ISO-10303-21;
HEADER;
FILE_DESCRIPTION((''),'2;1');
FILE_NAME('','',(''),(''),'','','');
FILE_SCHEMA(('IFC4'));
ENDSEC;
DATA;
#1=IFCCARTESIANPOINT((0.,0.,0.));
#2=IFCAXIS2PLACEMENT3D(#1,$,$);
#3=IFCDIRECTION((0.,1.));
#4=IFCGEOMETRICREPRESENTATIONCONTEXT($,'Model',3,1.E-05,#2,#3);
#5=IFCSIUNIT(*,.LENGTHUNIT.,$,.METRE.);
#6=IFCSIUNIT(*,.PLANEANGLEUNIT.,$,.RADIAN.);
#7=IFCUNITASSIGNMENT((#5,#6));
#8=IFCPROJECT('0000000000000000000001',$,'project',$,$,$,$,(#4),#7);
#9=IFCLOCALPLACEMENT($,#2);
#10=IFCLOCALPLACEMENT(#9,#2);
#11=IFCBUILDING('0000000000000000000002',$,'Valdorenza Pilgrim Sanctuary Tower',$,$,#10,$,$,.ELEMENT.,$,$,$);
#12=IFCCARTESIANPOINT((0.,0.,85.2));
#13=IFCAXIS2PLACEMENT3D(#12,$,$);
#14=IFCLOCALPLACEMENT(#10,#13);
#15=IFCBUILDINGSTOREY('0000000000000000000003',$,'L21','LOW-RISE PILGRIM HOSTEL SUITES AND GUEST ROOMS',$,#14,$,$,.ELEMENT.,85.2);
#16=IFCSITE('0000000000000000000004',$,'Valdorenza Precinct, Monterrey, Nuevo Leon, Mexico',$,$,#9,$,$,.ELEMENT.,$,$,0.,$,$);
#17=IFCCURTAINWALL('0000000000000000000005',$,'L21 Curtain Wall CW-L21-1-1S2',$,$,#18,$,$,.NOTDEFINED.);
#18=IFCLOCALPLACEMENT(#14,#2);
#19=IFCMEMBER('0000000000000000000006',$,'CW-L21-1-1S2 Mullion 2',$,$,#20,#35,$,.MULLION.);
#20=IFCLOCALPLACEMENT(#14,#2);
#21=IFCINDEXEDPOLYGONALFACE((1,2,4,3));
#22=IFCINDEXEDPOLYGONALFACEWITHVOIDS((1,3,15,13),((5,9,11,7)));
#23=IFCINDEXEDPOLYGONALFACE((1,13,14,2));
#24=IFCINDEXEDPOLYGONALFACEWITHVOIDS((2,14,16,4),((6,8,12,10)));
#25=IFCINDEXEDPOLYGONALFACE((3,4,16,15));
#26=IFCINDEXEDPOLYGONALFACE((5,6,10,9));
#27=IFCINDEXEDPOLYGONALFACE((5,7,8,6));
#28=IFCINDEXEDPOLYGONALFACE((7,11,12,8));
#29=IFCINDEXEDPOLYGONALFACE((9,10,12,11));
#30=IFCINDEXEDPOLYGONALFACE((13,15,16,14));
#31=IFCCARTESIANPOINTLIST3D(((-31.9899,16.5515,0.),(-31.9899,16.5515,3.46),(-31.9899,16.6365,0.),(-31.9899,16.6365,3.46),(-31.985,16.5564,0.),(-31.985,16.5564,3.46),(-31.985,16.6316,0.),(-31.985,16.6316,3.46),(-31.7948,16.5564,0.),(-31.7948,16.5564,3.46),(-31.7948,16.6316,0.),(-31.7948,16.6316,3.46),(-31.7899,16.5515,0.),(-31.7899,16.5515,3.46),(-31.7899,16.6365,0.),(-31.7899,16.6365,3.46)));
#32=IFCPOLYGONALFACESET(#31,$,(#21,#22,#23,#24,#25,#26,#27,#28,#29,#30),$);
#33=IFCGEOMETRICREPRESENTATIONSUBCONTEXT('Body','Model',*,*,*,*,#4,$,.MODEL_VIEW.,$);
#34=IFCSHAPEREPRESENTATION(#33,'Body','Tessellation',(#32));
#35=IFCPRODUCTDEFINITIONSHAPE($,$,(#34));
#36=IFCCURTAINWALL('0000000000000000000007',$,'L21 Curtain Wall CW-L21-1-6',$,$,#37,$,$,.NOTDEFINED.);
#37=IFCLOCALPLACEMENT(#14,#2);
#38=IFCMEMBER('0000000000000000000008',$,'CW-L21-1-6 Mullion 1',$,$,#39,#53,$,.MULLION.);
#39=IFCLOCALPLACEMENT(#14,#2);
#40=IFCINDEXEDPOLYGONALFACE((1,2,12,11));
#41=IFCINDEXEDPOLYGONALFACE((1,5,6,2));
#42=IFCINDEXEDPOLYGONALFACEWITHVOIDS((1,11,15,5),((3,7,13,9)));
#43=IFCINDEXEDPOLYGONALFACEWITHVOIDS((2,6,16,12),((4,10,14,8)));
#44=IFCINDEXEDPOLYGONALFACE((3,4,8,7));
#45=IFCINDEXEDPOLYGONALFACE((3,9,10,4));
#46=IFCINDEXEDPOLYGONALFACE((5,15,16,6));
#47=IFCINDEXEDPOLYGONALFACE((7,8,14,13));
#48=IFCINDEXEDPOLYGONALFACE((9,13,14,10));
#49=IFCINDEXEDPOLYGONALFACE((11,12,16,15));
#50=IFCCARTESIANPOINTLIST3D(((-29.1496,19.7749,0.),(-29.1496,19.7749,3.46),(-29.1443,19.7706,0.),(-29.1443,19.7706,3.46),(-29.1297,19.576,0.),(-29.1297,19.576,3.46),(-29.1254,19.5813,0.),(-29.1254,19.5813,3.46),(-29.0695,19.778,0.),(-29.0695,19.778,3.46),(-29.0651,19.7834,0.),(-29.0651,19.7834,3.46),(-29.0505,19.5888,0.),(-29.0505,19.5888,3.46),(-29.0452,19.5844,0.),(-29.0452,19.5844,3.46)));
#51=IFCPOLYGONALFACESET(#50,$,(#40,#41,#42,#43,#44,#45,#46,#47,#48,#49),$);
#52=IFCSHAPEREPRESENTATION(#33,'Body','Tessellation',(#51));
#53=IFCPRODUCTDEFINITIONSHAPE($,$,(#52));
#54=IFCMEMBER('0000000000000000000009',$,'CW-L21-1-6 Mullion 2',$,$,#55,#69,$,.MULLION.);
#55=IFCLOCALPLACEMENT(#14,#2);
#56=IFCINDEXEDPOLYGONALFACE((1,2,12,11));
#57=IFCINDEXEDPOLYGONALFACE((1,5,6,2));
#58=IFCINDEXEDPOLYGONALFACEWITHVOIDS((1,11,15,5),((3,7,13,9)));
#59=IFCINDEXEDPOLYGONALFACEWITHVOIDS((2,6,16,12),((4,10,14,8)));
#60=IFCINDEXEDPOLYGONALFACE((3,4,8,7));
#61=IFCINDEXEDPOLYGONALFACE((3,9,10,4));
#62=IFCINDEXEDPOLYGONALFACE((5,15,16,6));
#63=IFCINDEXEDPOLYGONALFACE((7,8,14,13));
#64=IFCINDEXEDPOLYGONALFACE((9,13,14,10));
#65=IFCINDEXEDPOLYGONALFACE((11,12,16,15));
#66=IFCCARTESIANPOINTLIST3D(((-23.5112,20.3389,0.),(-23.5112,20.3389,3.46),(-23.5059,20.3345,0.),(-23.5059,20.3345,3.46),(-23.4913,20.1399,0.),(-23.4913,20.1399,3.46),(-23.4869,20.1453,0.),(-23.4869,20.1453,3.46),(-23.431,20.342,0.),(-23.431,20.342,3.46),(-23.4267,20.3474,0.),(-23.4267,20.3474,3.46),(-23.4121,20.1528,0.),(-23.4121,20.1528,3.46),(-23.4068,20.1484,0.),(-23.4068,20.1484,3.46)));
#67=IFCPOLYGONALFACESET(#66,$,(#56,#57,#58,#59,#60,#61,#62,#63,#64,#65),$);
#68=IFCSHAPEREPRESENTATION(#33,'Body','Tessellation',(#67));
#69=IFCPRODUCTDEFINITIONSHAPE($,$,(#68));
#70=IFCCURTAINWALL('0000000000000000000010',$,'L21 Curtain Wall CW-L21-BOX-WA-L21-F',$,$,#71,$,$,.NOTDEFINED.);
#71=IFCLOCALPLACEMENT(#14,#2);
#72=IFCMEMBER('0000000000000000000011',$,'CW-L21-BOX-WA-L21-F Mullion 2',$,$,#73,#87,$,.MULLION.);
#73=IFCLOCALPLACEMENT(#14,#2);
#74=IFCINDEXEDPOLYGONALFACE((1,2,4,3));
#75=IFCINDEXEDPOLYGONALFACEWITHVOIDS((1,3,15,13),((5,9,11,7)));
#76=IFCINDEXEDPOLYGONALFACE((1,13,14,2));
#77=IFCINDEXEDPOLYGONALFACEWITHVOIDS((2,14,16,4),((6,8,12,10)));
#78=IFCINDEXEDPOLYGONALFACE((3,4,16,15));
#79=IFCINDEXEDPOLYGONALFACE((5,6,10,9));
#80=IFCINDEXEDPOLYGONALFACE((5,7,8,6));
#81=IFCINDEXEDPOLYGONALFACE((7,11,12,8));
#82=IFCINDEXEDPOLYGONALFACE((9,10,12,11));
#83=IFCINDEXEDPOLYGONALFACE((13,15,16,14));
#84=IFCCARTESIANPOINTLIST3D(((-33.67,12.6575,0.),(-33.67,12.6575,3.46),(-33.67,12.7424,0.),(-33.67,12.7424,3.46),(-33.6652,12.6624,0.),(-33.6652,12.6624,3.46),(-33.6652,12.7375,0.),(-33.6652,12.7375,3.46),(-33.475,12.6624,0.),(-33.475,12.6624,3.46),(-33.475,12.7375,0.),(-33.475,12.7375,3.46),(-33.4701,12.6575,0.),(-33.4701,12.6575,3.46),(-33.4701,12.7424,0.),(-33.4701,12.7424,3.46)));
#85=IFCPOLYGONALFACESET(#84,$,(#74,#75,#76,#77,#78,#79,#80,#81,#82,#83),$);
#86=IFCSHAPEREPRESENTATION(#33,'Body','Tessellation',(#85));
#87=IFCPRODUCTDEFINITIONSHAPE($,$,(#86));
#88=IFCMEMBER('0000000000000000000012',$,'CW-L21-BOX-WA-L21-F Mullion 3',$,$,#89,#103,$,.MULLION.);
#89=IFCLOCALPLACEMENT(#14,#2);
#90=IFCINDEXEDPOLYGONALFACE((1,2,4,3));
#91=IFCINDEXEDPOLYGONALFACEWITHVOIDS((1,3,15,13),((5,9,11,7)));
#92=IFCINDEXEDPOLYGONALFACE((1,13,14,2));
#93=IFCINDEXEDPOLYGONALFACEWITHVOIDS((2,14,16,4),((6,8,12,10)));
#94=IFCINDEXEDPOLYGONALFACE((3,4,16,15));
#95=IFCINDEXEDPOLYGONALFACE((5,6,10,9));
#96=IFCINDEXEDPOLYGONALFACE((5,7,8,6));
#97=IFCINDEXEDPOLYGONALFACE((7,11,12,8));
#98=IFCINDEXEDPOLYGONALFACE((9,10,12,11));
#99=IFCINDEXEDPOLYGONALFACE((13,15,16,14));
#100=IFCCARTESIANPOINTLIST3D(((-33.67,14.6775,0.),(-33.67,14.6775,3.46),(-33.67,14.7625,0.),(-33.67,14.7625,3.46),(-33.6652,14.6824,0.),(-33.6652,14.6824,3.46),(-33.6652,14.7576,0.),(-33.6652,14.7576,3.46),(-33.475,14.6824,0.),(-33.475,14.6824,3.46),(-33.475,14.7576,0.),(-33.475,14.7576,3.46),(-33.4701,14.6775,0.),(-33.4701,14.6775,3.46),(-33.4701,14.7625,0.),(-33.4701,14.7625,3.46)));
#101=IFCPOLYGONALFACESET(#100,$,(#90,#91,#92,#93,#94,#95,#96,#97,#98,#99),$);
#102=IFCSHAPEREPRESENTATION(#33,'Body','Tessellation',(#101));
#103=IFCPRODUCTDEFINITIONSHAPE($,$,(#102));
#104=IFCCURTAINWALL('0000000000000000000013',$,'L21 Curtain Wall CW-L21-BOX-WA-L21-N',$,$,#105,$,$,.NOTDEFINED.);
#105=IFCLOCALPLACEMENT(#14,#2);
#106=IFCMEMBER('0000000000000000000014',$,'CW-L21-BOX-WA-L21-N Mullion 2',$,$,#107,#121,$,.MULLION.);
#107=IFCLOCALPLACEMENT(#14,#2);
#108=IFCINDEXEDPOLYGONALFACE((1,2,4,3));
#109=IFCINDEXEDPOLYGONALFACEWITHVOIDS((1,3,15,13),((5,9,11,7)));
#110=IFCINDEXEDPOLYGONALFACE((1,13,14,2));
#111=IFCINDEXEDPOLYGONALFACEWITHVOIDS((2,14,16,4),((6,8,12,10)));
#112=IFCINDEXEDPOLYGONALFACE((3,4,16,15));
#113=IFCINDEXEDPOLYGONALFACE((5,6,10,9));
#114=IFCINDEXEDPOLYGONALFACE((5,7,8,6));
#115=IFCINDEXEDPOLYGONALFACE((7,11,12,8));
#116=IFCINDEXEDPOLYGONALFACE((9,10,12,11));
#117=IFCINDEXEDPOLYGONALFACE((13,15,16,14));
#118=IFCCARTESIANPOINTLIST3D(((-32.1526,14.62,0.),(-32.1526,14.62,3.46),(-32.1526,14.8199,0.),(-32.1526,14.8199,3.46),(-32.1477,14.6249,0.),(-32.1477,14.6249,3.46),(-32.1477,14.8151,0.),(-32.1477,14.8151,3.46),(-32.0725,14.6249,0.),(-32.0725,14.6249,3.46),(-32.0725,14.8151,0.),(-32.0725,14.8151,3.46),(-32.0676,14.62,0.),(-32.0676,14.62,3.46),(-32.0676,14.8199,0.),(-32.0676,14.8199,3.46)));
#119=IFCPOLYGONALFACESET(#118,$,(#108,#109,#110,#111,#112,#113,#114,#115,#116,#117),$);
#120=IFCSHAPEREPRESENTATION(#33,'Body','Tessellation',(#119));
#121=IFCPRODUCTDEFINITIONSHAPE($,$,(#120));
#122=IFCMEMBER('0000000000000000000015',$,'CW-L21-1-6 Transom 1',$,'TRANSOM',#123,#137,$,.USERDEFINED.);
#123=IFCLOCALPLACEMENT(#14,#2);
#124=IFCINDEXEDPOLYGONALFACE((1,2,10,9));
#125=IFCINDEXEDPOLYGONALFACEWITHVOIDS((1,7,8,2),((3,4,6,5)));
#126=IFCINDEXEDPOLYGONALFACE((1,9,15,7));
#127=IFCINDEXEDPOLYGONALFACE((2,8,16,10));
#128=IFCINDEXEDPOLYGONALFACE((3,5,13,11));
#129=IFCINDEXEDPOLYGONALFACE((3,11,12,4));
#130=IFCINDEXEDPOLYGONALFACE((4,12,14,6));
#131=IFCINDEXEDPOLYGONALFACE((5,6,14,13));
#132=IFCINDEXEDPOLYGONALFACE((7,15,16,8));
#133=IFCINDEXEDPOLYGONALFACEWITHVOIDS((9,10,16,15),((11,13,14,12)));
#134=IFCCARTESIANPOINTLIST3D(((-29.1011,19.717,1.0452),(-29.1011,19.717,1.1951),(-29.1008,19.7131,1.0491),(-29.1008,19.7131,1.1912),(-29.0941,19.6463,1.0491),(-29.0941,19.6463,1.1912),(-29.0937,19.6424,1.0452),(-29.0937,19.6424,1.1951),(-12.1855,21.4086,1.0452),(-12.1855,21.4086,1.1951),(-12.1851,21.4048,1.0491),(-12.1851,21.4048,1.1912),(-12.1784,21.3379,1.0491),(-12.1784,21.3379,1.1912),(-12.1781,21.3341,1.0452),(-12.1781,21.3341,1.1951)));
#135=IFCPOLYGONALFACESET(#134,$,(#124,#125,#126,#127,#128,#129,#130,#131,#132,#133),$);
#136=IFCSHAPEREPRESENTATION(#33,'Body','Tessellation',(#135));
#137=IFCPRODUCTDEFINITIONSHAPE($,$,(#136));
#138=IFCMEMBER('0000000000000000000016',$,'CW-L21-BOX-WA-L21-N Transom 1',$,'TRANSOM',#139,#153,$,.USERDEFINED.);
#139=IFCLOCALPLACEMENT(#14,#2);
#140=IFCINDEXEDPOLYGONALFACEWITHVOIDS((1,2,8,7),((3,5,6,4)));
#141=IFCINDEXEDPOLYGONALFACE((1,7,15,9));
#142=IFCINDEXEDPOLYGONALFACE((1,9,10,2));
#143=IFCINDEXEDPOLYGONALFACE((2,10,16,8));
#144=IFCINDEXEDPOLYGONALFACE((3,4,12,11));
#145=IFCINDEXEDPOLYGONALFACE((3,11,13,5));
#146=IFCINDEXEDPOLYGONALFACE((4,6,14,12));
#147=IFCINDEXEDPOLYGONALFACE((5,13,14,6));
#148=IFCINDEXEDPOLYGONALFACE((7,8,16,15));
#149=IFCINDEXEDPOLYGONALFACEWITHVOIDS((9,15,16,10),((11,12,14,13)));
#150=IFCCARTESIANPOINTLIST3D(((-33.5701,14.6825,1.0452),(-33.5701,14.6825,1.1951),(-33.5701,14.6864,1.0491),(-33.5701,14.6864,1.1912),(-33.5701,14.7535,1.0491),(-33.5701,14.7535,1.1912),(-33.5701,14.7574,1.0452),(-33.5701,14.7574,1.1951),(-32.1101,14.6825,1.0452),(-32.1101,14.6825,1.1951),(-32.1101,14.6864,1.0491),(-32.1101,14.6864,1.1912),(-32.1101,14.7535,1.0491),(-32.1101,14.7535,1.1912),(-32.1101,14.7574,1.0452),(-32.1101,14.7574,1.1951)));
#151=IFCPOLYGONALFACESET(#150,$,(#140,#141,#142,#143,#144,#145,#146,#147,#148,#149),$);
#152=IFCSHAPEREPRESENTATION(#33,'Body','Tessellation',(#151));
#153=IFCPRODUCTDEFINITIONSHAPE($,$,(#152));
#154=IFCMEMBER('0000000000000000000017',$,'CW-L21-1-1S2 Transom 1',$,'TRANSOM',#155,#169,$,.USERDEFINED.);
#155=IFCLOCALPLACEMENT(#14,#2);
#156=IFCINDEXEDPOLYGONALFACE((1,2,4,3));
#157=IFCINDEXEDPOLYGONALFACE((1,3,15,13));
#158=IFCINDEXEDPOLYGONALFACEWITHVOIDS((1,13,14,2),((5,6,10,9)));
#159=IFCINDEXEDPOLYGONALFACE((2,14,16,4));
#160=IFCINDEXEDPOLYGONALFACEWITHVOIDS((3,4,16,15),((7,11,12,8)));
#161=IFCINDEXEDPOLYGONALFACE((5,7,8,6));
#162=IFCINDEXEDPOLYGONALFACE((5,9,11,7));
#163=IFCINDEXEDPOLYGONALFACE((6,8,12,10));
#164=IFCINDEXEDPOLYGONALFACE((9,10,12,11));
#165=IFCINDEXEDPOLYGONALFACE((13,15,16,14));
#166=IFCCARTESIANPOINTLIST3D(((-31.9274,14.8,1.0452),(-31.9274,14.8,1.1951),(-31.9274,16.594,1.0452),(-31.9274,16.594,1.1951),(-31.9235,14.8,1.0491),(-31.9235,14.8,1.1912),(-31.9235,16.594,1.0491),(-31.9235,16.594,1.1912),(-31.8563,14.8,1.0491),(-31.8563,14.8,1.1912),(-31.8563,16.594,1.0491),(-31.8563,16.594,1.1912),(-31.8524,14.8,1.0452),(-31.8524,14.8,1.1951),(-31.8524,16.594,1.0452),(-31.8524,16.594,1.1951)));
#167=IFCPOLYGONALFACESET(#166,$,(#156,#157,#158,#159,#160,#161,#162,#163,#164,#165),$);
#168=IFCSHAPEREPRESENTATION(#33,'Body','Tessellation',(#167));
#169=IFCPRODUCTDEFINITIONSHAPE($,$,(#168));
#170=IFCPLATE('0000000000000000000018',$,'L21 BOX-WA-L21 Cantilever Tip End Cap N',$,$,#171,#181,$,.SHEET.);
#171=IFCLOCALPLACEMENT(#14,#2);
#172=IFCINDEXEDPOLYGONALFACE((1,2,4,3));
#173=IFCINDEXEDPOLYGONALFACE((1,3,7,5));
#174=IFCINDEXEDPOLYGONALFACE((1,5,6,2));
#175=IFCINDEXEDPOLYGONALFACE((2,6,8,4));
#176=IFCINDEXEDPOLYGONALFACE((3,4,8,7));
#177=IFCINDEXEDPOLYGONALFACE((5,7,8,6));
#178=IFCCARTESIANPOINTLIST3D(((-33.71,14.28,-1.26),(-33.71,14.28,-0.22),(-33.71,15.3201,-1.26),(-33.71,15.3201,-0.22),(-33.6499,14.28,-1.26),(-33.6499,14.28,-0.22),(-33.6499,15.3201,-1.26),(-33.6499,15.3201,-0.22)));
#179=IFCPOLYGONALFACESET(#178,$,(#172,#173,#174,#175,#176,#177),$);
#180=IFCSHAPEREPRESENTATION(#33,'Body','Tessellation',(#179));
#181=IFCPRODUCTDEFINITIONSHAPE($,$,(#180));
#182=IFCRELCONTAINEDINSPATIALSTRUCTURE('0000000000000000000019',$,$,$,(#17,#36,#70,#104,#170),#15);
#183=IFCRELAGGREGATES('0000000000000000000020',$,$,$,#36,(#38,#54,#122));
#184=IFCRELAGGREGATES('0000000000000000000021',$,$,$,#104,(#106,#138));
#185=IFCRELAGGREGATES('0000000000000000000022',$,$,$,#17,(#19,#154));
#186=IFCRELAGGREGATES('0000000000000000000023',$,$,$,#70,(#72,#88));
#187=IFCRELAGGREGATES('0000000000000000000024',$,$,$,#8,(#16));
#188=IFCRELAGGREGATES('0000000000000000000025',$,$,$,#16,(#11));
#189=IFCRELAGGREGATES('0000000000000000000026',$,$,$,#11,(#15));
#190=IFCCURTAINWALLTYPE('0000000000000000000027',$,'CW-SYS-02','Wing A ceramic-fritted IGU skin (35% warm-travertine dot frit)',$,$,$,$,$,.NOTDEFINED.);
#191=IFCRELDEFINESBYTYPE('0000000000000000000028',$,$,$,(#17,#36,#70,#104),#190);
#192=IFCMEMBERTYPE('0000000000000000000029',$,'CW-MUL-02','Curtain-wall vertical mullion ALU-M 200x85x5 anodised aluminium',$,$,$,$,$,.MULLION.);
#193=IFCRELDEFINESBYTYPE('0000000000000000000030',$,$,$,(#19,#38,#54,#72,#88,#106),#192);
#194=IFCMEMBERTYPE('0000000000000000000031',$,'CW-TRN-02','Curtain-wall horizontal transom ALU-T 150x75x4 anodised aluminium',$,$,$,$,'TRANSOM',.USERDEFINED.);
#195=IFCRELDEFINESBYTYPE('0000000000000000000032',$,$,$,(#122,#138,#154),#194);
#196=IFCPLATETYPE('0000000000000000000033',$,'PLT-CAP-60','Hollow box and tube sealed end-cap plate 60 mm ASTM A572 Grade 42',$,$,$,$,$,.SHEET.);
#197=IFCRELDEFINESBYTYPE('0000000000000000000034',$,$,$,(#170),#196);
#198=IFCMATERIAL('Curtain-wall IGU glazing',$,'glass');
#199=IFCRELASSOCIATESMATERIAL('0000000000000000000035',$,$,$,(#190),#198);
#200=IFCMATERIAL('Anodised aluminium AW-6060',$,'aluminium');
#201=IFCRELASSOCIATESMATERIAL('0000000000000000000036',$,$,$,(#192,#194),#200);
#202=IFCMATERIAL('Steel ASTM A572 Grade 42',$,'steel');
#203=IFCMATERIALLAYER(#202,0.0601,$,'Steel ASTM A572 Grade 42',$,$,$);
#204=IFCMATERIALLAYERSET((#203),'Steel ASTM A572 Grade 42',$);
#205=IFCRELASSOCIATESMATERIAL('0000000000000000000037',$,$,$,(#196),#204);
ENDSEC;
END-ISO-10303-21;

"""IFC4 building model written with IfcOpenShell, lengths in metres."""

from ifc_helpers import new_model, si_unit, direction, frame, origin, origin_2d, place, context, subcontext, project, spatial, rectangle, hollow_rectangle, extrude, source, transform, mapped, material, layer, layer_set, material_profile, profile_set, type_object, element, aggregate, save


model = new_model("IFC4")

# Units and contexts
model_context = context("Model", 3, precision=1e-05, world=origin(), true_north=direction((0.0, 1.0)))
body_context = subcontext(model_context, "Body", "Model", "MODEL_VIEW")
ifc_project = project(units=[si_unit("LENGTHUNIT", "METRE"), si_unit("PLANEANGLEUNIT", "RADIAN")], contexts=[model_context])

# Site, building, storey
site_placement = place(None, origin())
site = spatial("IfcSite", under=ifc_project, at=site_placement, Name="Valdorenza Precinct, Monterrey, Nuevo Leon, Mexico", CompositionType="ELEMENT", RefElevation=0.0)
building_placement = place(site_placement, origin())
building = spatial("IfcBuilding", under=site, at=building_placement, Name="Valdorenza Pilgrim Sanctuary Tower", CompositionType="ELEMENT")
storey_placement = place(building_placement, frame((0.0, 0.0, 85.2)))
storey = spatial("IfcBuildingStorey", under=building, at=storey_placement, Name="L21", Description="LOW-RISE PILGRIM HOSTEL SUITES AND GUEST ROOMS", CompositionType="ELEMENT", Elevation=85.2)

# Shared definitions
ifc_material_1 = material(Name="Steel ASTM A572 Grade 42", Category="steel")

# Curtain walls, members
ifc_material_2 = material(Name="Curtain-wall IGU glazing", Category="glass")
curtain_wall_type = type_object("IfcCurtainWallType", Name="CW-SYS-02", Description="Wing A ceramic-fritted IGU skin (35% warm-travertine dot frit)", PredefinedType="NOTDEFINED", material=ifc_material_2)
curtain_wall_1_placement = place(storey_placement, origin())
curtain_wall_1 = element("IfcCurtainWall", 1, at=curtain_wall_1_placement, inside=storey, type_object=curtain_wall_type, Name="L21 Curtain Wall CW-L21-1-1S2", PredefinedType="NOTDEFINED")
ifc_material_3 = material(Name="Anodised aluminium AW-6060", Category="aluminium")
ifc_material_profile_1 = material_profile(ifc_material_3, hollow_rectangle(XDim=0.085, YDim=0.2, WallThickness=0.0049, at=origin_2d()), Name="ALU-M 200x85x5")
ifc_profile_set_1 = profile_set([ifc_material_profile_1], Name="Anodised aluminium AW-6060")
member_type_1 = type_object("IfcMemberType", Name="CW-MUL-02", Description="Curtain-wall vertical mullion ALU-M 200x85x5 anodised aluminium", PredefinedType="MULLION", material=ifc_profile_set_1)
shared_shape_1 = source(origin(), body_context, "Body", "SweptSolid", [
    extrude(hollow_rectangle(XDim=0.085, YDim=0.2, WallThickness=0.0049, at=origin_2d()), origin(), (0.0, 0.0, 1.0), 3.46),
])
member_1_placement = place(storey_placement, frame((-31.8899, 16.594, 0.0), z_axis=(0.0, 0.0, 1.0), x_axis=(0.0, 1.0, 0.0)))
member_1 = element("IfcMember", 2, at=member_1_placement, type_object=member_type_1, Name="CW-L21-1-1S2 Mullion 2", PredefinedType="MULLION", context=body_context, shape_type="MappedRepresentation", body=[
    mapped(shared_shape_1, transform((0.0, 0.0, 0.0), x_axis=(1.0, 0.0, 0.0), y_axis=(0.0, 1.0, 0.0), z_axis=(0.0, 0.0, 1.0), scale=1.0)),
])
curtain_wall_2_placement = place(storey_placement, origin())
curtain_wall_2 = element("IfcCurtainWall", 3, at=curtain_wall_2_placement, inside=storey, type_object=curtain_wall_type, Name="L21 Curtain Wall CW-L21-1-6", PredefinedType="NOTDEFINED")
member_2_placement = place(storey_placement, frame((-29.0974, 19.6797, 0.0), z_axis=(0.0, 0.0, 1.0), x_axis=(0.995038, 0.099493, 0.0)))
member_2 = element("IfcMember", 4, at=member_2_placement, type_object=member_type_1, Name="CW-L21-1-6 Mullion 1", PredefinedType="MULLION", context=body_context, shape_type="MappedRepresentation", body=[
    mapped(shared_shape_1, transform((0.0, 0.0, 0.0), x_axis=(1.0, 0.0, 0.0), y_axis=(0.0, 1.0, 0.0), z_axis=(0.0, 0.0, 1.0), scale=1.0)),
])
member_3_placement = place(storey_placement, frame((-23.459, 20.2437, 0.0), z_axis=(0.0, 0.0, 1.0), x_axis=(0.995038, 0.099493, 0.0)))
member_3 = element("IfcMember", 5, at=member_3_placement, type_object=member_type_1, Name="CW-L21-1-6 Mullion 2", PredefinedType="MULLION", context=body_context, shape_type="MappedRepresentation", body=[
    mapped(shared_shape_1, transform((0.0, 0.0, 0.0), x_axis=(1.0, 0.0, 0.0), y_axis=(0.0, 1.0, 0.0), z_axis=(0.0, 0.0, 1.0), scale=1.0)),
])
curtain_wall_3_placement = place(storey_placement, origin())
curtain_wall_3 = element("IfcCurtainWall", 6, at=curtain_wall_3_placement, inside=storey, type_object=curtain_wall_type, Name="L21 Curtain Wall CW-L21-BOX-WA-L21-F", PredefinedType="NOTDEFINED")
member_4_placement = place(storey_placement, frame((-33.5701, 12.7, 0.0), z_axis=(0.0, 0.0, 1.0), x_axis=(0.0, 1.0, 0.0)))
member_4 = element("IfcMember", 7, at=member_4_placement, type_object=member_type_1, Name="CW-L21-BOX-WA-L21-F Mullion 2", PredefinedType="MULLION", context=body_context, shape_type="MappedRepresentation", body=[
    mapped(shared_shape_1, transform((0.0, 0.0, 0.0), x_axis=(1.0, 0.0, 0.0), y_axis=(0.0, 1.0, 0.0), z_axis=(0.0, 0.0, 1.0), scale=1.0)),
])
member_5_placement = place(storey_placement, frame((-33.5701, 14.72, 0.0), z_axis=(0.0, 0.0, 1.0), x_axis=(0.0, 1.0, 0.0)))
member_5 = element("IfcMember", 8, at=member_5_placement, type_object=member_type_1, Name="CW-L21-BOX-WA-L21-F Mullion 3", PredefinedType="MULLION", context=body_context, shape_type="MappedRepresentation", body=[
    mapped(shared_shape_1, transform((0.0, 0.0, 0.0), x_axis=(1.0, 0.0, 0.0), y_axis=(0.0, 1.0, 0.0), z_axis=(0.0, 0.0, 1.0), scale=1.0)),
])

# Curtain wall, member
curtain_wall_4_placement = place(storey_placement, origin())
curtain_wall_4 = element("IfcCurtainWall", 9, at=curtain_wall_4_placement, inside=storey, type_object=curtain_wall_type, Name="L21 Curtain Wall CW-L21-BOX-WA-L21-N", PredefinedType="NOTDEFINED")
member_6_placement = place(storey_placement, frame((-32.1101, 14.72, 0.0), z_axis=(0.0, 0.0, 1.0), x_axis=(1.0, 0.0, 0.0)))
member_6 = element("IfcMember", 10, at=member_6_placement, type_object=member_type_1, Name="CW-L21-BOX-WA-L21-N Mullion 2", PredefinedType="MULLION", context=body_context, shape_type="MappedRepresentation", body=[
    mapped(shared_shape_1, transform((0.0, 0.0, 0.0), x_axis=(1.0, 0.0, 0.0), y_axis=(0.0, 1.0, 0.0), z_axis=(0.0, 0.0, 1.0), scale=1.0)),
])

# Members
ifc_material_profile_2 = material_profile(ifc_material_3, hollow_rectangle(XDim=0.075, YDim=0.1499, WallThickness=0.0039, at=origin_2d()), Name="ALU-T 150x75x4")
ifc_profile_set_2 = profile_set([ifc_material_profile_2], Name="Anodised aluminium AW-6060")
member_type_2 = type_object("IfcMemberType", Name="CW-TRN-02", Description="Curtain-wall horizontal transom ALU-T 150x75x4 anodised aluminium", ElementType="TRANSOM", PredefinedType="USERDEFINED", material=ifc_profile_set_2)
shared_shape_2 = source(origin(), body_context, "Body", "SweptSolid", [
    extrude(hollow_rectangle(XDim=0.075, YDim=0.1499, WallThickness=0.0039, at=origin_2d()), origin(), (0.0, 0.0, 1.0), 17.0),
])
member_7_placement = place(storey_placement, frame((-29.0974, 19.6797, 1.1201), z_axis=(0.995037, 0.099509, 0.0), x_axis=(-0.099509, 0.995037, 0.0)))
member_7 = element("IfcMember", 11, at=member_7_placement, type_object=member_type_2, Name="CW-L21-1-6 Transom 1", ObjectType="TRANSOM", PredefinedType="USERDEFINED", context=body_context, shape_type="MappedRepresentation", body=[
    mapped(shared_shape_2, transform((0.0, 0.0, 0.0), x_axis=(1.0, 0.0, 0.0), y_axis=(0.0, 1.0, 0.0), z_axis=(0.0, 0.0, 1.0), scale=1.0)),
])
shared_shape_3 = source(origin(), body_context, "Body", "SweptSolid", [
    extrude(hollow_rectangle(XDim=0.075, YDim=0.1499, WallThickness=0.0039, at=origin_2d()), origin(), (0.0, 0.0, 1.0), 1.46),
])
member_8_placement = place(storey_placement, frame((-33.5701, 14.72, 1.1201), z_axis=(1.0, 0.0, 0.0), x_axis=(0.0, 1.0, 0.0)))
member_8 = element("IfcMember", 12, at=member_8_placement, type_object=member_type_2, Name="CW-L21-BOX-WA-L21-N Transom 1", ObjectType="TRANSOM", PredefinedType="USERDEFINED", context=body_context, shape_type="MappedRepresentation", body=[
    mapped(shared_shape_3, transform((0.0, 0.0, 0.0), x_axis=(1.0, 0.0, 0.0), y_axis=(0.0, 1.0, 0.0), z_axis=(0.0, 0.0, 1.0), scale=1.0)),
])
shared_shape_4 = source(origin(), body_context, "Body", "SweptSolid", [
    extrude(hollow_rectangle(XDim=0.075, YDim=0.1499, WallThickness=0.0039, at=origin_2d()), origin(), (0.0, 0.0, 1.0), 1.7939),
])
member_9_placement = place(storey_placement, frame((-31.8899, 14.8, 1.1201), z_axis=(0.0, 1.0, 0.0), x_axis=(-1.0, 0.0, 0.0)))
member_9 = element("IfcMember", 13, at=member_9_placement, type_object=member_type_2, Name="CW-L21-1-1S2 Transom 1", ObjectType="TRANSOM", PredefinedType="USERDEFINED", context=body_context, shape_type="MappedRepresentation", body=[
    mapped(shared_shape_4, transform((0.0, 0.0, 0.0), x_axis=(1.0, 0.0, 0.0), y_axis=(0.0, 1.0, 0.0), z_axis=(0.0, 0.0, 1.0), scale=1.0)),
])

# Plate
ifc_layer_1 = layer(ifc_material_1, 0.0601, Name="Steel ASTM A572 Grade 42")
ifc_layer_set_1 = layer_set([ifc_layer_1], Name="Steel ASTM A572 Grade 42")
plate_type_1 = type_object("IfcPlateType", Name="PLT-CAP-60", Description="Hollow box and tube sealed end-cap plate 60 mm ASTM A572 Grade 42", PredefinedType="SHEET", material=ifc_layer_set_1)
shared_shape_5 = source(origin(), body_context, "Body", "SweptSolid", [
    extrude(rectangle(XDim=0.0601, YDim=1.04, at=origin_2d()), origin(), (0.0, 0.0, 1.0), 1.04),
])
plate_1_placement = place(storey_placement, frame((-33.6799, 14.8, -1.26), z_axis=(0.0, 0.0, 1.0), x_axis=(1.0, 0.0, 0.0)))
element("IfcPlate", 14, at=plate_1_placement, inside=storey, type_object=plate_type_1, Name="L21 BOX-WA-L21 Cantilever Tip End Cap N", PredefinedType="SHEET", context=body_context, shape_type="MappedRepresentation", body=[
    mapped(shared_shape_5, transform((0.0, 0.0, 0.0), x_axis=(1.0, 0.0, 0.0), y_axis=(0.0, 1.0, 0.0), z_axis=(0.0, 0.0, 1.0), scale=1.0)),
])
aggregate(curtain_wall_2, [member_2, member_3, member_7])
aggregate(curtain_wall_4, [member_6, member_8])
aggregate(curtain_wall_1, [member_1, member_9])
aggregate(curtain_wall_3, [member_4, member_5])

save(model, "model.ifc")
